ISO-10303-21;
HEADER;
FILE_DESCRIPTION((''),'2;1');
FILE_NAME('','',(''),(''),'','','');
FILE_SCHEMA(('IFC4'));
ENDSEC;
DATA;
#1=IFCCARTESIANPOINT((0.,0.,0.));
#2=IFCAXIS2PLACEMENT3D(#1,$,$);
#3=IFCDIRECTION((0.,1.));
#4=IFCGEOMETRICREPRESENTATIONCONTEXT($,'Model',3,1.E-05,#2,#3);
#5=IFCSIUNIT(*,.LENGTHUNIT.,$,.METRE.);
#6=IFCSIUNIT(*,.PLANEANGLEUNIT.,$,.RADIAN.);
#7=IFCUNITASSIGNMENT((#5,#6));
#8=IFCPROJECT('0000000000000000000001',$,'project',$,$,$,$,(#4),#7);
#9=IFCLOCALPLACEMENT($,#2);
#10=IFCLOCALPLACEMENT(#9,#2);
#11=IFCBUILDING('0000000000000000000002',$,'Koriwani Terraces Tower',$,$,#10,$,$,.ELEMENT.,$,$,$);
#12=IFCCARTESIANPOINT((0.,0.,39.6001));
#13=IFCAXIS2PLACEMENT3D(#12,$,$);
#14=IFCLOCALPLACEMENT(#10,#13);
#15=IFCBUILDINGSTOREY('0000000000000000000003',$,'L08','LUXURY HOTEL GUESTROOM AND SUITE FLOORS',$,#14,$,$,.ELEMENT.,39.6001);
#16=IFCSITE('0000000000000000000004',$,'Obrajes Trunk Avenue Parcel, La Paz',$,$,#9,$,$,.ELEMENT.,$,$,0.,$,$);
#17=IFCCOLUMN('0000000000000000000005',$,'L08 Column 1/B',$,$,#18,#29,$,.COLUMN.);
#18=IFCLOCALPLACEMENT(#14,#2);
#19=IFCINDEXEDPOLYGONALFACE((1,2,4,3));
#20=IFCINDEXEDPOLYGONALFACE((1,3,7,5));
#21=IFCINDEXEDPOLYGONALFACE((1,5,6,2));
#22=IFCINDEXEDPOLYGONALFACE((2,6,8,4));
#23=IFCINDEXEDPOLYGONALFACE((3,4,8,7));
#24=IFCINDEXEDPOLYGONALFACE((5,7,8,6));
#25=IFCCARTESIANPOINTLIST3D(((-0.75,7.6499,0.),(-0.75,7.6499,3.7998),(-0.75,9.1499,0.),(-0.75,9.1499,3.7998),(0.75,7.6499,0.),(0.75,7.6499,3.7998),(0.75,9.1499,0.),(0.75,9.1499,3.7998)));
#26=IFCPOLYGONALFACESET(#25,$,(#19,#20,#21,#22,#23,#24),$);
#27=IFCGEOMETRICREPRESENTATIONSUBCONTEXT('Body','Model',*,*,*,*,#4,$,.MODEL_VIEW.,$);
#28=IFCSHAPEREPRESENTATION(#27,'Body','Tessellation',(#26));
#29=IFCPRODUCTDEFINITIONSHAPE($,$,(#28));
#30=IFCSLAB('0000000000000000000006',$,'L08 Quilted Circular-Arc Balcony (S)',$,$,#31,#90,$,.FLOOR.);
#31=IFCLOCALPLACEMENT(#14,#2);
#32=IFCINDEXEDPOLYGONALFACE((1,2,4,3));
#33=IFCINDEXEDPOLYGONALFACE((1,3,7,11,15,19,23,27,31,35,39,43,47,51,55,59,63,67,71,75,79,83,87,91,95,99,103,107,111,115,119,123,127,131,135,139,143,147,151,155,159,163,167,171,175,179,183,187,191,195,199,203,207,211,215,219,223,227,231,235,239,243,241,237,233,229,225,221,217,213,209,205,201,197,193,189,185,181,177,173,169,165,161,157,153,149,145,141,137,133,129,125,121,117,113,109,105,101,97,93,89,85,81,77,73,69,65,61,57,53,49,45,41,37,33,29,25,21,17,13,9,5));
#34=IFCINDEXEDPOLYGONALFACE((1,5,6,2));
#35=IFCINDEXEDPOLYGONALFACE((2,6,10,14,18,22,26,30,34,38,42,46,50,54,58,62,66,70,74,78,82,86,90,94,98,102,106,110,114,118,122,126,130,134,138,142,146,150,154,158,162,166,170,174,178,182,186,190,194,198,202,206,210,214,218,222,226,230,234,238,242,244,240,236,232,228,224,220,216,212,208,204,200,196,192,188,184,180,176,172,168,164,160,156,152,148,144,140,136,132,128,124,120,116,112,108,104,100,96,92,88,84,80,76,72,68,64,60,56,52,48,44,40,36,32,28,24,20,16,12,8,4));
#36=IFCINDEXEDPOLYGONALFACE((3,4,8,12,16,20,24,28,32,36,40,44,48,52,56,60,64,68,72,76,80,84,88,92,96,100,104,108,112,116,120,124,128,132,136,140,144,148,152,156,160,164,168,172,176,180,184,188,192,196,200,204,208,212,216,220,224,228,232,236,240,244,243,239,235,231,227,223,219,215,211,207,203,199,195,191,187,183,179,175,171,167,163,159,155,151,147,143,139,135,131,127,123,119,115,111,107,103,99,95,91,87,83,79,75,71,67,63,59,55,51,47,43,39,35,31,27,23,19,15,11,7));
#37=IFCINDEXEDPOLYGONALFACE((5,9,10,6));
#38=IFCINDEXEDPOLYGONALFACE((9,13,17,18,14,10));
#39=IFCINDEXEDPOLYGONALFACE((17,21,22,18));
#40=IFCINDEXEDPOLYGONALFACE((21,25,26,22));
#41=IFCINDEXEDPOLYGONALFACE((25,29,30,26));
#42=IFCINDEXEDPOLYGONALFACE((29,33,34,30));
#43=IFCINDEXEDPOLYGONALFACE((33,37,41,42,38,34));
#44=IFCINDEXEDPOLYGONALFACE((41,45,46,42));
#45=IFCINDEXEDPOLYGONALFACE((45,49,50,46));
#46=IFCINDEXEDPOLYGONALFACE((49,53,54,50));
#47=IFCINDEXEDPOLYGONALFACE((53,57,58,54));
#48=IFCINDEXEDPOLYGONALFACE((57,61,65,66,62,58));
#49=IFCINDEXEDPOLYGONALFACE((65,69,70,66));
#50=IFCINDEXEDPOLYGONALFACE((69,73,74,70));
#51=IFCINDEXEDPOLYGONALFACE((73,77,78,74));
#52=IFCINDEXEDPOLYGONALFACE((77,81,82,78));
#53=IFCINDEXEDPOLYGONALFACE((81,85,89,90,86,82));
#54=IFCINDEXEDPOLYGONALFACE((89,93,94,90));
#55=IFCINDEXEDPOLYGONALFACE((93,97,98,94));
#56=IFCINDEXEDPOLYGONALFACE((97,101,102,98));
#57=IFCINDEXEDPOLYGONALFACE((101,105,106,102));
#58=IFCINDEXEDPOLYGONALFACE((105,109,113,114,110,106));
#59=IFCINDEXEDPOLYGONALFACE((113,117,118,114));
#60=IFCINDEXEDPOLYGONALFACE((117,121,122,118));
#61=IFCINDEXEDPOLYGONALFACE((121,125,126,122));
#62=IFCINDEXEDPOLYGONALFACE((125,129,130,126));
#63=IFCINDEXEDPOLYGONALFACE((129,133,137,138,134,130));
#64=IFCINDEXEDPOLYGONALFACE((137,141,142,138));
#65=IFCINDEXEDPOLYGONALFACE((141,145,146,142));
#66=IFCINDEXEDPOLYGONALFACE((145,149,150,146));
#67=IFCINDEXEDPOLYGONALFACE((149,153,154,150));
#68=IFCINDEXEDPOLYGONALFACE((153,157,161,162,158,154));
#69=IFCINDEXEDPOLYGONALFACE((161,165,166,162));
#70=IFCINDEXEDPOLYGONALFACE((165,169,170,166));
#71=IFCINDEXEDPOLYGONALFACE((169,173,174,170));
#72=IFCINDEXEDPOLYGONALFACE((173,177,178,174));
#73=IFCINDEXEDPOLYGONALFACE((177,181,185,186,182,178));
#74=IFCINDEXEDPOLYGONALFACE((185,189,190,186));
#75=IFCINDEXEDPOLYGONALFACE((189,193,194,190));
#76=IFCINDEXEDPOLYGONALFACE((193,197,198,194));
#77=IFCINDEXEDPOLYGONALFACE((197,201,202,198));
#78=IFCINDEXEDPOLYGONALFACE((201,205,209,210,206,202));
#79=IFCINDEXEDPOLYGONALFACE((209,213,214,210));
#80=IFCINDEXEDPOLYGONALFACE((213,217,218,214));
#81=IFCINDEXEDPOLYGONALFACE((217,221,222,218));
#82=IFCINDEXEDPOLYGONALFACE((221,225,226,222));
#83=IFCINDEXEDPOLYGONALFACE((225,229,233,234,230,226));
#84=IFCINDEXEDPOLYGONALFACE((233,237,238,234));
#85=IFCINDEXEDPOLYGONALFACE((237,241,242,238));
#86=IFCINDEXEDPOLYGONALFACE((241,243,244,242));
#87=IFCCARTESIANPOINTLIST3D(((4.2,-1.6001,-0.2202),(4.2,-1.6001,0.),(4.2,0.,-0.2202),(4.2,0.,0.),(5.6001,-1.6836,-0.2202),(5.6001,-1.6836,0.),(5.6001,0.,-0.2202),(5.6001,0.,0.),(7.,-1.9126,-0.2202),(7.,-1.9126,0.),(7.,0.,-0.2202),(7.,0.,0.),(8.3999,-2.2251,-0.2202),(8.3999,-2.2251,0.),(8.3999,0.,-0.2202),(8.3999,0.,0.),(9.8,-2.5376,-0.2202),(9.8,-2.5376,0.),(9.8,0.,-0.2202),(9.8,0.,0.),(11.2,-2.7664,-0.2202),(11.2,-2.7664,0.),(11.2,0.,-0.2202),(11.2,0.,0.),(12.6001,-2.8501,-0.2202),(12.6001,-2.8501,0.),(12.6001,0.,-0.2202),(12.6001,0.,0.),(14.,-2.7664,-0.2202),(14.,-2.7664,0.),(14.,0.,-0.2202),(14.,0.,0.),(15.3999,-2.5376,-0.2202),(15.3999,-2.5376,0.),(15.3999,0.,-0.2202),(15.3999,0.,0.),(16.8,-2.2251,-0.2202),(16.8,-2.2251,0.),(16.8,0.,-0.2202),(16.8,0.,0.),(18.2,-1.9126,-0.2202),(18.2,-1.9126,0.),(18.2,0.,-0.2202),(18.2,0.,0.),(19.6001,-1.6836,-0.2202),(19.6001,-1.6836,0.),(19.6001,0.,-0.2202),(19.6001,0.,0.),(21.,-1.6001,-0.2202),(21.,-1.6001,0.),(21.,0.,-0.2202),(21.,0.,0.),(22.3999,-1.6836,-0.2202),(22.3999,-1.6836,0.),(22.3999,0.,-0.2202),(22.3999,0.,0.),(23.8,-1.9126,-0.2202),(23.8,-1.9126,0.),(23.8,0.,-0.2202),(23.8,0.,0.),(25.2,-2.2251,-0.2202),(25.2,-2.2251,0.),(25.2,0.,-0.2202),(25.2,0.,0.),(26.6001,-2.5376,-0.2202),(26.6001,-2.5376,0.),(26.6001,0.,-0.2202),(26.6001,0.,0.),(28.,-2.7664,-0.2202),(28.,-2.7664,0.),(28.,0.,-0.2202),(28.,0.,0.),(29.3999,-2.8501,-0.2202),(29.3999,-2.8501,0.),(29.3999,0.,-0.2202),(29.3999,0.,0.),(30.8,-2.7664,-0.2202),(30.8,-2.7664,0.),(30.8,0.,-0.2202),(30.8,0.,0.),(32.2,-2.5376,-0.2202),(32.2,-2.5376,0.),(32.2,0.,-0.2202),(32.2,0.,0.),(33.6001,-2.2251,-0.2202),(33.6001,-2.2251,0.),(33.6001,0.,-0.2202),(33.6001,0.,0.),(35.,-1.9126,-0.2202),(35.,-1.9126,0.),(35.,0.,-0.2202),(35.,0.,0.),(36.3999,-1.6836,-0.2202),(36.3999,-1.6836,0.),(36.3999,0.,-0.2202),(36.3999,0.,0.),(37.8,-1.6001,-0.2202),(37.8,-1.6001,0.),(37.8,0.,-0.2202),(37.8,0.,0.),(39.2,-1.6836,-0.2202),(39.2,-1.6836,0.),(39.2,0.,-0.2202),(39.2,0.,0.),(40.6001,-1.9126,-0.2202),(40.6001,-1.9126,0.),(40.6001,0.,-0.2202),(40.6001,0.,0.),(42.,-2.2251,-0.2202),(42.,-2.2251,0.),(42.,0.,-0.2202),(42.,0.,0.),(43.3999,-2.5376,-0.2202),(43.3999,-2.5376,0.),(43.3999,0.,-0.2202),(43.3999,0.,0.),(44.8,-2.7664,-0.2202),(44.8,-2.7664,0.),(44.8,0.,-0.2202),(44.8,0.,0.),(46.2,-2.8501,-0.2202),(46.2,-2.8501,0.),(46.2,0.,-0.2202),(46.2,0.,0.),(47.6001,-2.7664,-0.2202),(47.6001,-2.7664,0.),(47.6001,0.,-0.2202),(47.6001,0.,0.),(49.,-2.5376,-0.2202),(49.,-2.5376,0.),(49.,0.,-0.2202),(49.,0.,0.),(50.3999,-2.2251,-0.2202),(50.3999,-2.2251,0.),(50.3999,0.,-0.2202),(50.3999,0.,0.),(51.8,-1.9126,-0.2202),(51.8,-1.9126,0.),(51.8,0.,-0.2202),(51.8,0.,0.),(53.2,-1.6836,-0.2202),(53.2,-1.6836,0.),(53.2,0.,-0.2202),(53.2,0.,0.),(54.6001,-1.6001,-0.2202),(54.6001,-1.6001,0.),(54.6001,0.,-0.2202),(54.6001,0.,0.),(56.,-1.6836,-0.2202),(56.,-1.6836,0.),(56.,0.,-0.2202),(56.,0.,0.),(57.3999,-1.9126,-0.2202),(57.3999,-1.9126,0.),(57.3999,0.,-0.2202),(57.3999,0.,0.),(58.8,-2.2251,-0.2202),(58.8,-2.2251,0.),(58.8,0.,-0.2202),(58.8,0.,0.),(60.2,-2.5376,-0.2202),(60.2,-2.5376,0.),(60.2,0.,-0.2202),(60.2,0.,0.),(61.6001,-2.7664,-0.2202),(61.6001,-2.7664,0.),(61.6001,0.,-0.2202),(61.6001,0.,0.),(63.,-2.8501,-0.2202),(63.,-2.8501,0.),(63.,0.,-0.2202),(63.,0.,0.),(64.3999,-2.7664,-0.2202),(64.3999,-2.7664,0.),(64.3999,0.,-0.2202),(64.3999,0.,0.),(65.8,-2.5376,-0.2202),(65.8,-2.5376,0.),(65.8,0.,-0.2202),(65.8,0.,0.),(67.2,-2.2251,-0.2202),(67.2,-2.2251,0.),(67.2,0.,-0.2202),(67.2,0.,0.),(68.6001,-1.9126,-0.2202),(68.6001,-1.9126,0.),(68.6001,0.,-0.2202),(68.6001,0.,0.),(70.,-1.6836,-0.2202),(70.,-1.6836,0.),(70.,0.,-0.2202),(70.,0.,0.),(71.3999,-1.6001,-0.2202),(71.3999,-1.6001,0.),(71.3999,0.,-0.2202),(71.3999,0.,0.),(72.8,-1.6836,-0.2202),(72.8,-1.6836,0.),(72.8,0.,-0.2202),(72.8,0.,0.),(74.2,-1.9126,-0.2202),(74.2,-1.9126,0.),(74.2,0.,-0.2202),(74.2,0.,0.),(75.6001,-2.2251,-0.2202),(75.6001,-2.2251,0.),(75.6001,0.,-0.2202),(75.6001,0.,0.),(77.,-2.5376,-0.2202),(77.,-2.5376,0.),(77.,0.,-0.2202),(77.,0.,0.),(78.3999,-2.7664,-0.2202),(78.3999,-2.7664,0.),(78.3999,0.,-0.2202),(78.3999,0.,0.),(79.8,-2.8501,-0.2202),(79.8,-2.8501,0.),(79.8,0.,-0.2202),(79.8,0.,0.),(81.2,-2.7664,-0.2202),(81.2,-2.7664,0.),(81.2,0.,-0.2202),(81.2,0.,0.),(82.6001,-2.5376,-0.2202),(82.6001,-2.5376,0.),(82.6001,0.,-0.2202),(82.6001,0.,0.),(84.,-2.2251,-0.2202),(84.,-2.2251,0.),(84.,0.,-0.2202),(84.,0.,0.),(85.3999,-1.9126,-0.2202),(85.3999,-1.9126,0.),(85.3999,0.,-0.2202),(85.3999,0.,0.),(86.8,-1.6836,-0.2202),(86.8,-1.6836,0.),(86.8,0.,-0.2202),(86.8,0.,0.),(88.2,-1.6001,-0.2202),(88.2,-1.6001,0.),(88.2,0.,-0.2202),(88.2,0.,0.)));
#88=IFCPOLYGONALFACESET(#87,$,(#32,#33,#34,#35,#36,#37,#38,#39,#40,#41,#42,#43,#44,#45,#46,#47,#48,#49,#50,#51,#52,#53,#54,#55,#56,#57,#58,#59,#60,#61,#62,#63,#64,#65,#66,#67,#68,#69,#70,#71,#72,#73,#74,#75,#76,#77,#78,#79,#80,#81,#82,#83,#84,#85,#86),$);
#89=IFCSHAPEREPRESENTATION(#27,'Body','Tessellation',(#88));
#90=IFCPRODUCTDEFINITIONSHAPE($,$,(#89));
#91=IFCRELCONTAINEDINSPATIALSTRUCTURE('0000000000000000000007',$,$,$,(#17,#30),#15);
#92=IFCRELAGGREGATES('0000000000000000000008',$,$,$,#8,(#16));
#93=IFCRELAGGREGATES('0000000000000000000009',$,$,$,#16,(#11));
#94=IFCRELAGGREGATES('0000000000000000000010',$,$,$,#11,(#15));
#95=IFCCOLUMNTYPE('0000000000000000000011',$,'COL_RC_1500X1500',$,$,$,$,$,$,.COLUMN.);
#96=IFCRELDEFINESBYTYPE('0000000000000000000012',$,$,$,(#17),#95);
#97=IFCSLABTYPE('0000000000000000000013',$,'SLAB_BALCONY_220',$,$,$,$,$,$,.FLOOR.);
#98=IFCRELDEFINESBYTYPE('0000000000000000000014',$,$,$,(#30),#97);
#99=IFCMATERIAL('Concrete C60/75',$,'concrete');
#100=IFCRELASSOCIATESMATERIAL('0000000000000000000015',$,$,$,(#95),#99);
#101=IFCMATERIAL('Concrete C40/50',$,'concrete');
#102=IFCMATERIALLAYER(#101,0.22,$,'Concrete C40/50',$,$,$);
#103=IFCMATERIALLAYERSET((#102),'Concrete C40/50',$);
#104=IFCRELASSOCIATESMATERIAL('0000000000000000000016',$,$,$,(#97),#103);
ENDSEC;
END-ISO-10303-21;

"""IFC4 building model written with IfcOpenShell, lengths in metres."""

from ifc_helpers import new_model, si_unit, direction, frame, origin, origin_2d, place, context, subcontext, project, spatial, polyline, rectangle, outline, extrude, material, layer, layer_set, material_profile, profile_set, type_object, element, save


model = new_model("IFC4")

# Units and contexts
model_context = context("Model", 3, precision=1e-05, world=origin(), true_north=direction((0.0, 1.0)))
body_context = subcontext(model_context, "Body", "Model", "MODEL_VIEW")
ifc_project = project(units=[si_unit("LENGTHUNIT", "METRE"), si_unit("PLANEANGLEUNIT", "RADIAN")], contexts=[model_context])

# Site, building, storey
site_placement = place(None, origin())
site = spatial("IfcSite", under=ifc_project, at=site_placement, Name="Obrajes Trunk Avenue Parcel, La Paz", CompositionType="ELEMENT", RefElevation=0.0)
building_placement = place(site_placement, origin())
building = spatial("IfcBuilding", under=site, at=building_placement, Name="Koriwani Terraces Tower", CompositionType="ELEMENT")
storey_placement = place(building_placement, frame((0.0, 0.0, 39.6001)))
storey = spatial("IfcBuildingStorey", under=building, at=storey_placement, Name="L08", Description="LUXURY HOTEL GUESTROOM AND SUITE FLOORS", CompositionType="ELEMENT", Elevation=39.6001)

# Column
ifc_material_1 = material(Name="Concrete C60/75", Category="concrete")
ifc_material_profile = material_profile(ifc_material_1, rectangle(XDim=1.5, YDim=1.5, at=origin_2d()), Name="Concrete C60/75", Category="LoadBearing")
ifc_profile_set = profile_set([ifc_material_profile], Name="Concrete C60/75")
column_type = type_object("IfcColumnType", Name="COL_RC_1500X1500", PredefinedType="COLUMN", material=ifc_profile_set)
column_placement = place(storey_placement, frame((0.0, 8.3999, 0.0), z_axis=(0.0, 0.0, 1.0), x_axis=(1.0, 0.0, 0.0)))
element("IfcColumn", 1, at=column_placement, inside=storey, type_object=column_type, Name="L08 Column 1/B", PredefinedType="COLUMN", context=body_context, shape_type="SweptSolid", body=[
    extrude(rectangle(XDim=1.5, YDim=1.5, at=origin_2d()), origin(), (0.0, 0.0, 1.0), 3.7998),
])

# Slab
ifc_material_2 = material(Name="Concrete C40/50", Category="concrete")
ifc_layer_1 = layer(ifc_material_2, 0.22, Name="Concrete C40/50")
ifc_layer_set_1 = layer_set([ifc_layer_1], Name="Concrete C40/50")
slab_type_1 = type_object("IfcSlabType", Name="SLAB_BALCONY_220", PredefinedType="FLOOR", material=ifc_layer_set_1)
slab_1_placement = place(storey_placement, frame((0.0, 0.0, -0.2202)))
element("IfcSlab", 2, at=slab_1_placement, inside=storey, type_object=slab_type_1, Name="L08 Quilted Circular-Arc Balcony (S)", PredefinedType="FLOOR", context=body_context, shape_type="SweptSolid", body=[
    extrude(outline(polyline([(4.2, 0.0), (5.6001, 0.0), (7.0, 0.0), (8.3999, 0.0), (9.8, 0.0), (11.2, 0.0), (12.6001, 0.0), (14.0, 0.0), (15.3999, 0.0), (16.8, 0.0), (18.2, 0.0), (19.6001, 0.0), (21.0, 0.0), (22.3999, 0.0), (23.8, 0.0), (25.2, 0.0), (26.6001, 0.0), (28.0, 0.0), (29.3999, 0.0), (30.8, 0.0), (32.2, 0.0), (33.6001, 0.0), (35.0, 0.0), (36.3999, 0.0), (37.8, 0.0), (39.2, 0.0), (40.6001, 0.0), (42.0, 0.0), (43.3999, 0.0), (44.8, 0.0), (46.2, 0.0), (47.6001, 0.0), (49.0, 0.0), (50.3999, 0.0), (51.8, 0.0), (53.2, 0.0), (54.6001, 0.0), (56.0, 0.0), (57.3999, 0.0), (58.8, 0.0), (60.2, 0.0), (61.6001, 0.0), (63.0, 0.0), (64.3999, 0.0), (65.8, 0.0), (67.2, 0.0), (68.6001, 0.0), (70.0, 0.0), (71.3999, 0.0), (72.8, 0.0), (74.2, 0.0), (75.6001, 0.0), (77.0, 0.0), (78.3999, 0.0), (79.8, 0.0), (81.2, 0.0), (82.6001, 0.0), (84.0, 0.0), (85.3999, 0.0), (86.8, 0.0), (88.2, 0.0), (88.2, -1.6001), (86.8, -1.6836), (85.3999, -1.9126), (84.0, -2.2251), (82.6001, -2.5376), (81.2, -2.7664), (79.8, -2.8501), (78.3999, -2.7664), (77.0, -2.5376), (75.6001, -2.2251), (74.2, -1.9126), (72.8, -1.6836), (71.3999, -1.6001), (70.0, -1.6836), (68.6001, -1.9126), (67.2, -2.2251), (65.8, -2.5376), (64.3999, -2.7664), (63.0, -2.8501), (61.6001, -2.7664), (60.2, -2.5376), (58.8, -2.2251), (57.3999, -1.9126), (56.0, -1.6836), (54.6001, -1.6001), (53.2, -1.6836), (51.8, -1.9126), (50.3999, -2.2251), (49.0, -2.5376), (47.6001, -2.7664), (46.2, -2.8501), (44.8, -2.7664), (43.3999, -2.5376), (42.0, -2.2251), (40.6001, -1.9126), (39.2, -1.6836), (37.8, -1.6001), (36.3999, -1.6836), (35.0, -1.9126), (33.6001, -2.2251), (32.2, -2.5376), (30.8, -2.7664), (29.3999, -2.8501), (28.0, -2.7664), (26.6001, -2.5376), (25.2, -2.2251), (23.8, -1.9126), (22.3999, -1.6836), (21.0, -1.6001), (19.6001, -1.6836), (18.2, -1.9126), (16.8, -2.2251), (15.3999, -2.5376), (14.0, -2.7664), (12.6001, -2.8501), (11.2, -2.7664), (9.8, -2.5376), (8.3999, -2.2251), (7.0, -1.9126), (5.6001, -1.6836), (4.2, -1.6001), (4.2, 0.0)])), origin(), (0.0, 0.0, 1.0), 0.2202),
])

save(model, "model.ifc")
